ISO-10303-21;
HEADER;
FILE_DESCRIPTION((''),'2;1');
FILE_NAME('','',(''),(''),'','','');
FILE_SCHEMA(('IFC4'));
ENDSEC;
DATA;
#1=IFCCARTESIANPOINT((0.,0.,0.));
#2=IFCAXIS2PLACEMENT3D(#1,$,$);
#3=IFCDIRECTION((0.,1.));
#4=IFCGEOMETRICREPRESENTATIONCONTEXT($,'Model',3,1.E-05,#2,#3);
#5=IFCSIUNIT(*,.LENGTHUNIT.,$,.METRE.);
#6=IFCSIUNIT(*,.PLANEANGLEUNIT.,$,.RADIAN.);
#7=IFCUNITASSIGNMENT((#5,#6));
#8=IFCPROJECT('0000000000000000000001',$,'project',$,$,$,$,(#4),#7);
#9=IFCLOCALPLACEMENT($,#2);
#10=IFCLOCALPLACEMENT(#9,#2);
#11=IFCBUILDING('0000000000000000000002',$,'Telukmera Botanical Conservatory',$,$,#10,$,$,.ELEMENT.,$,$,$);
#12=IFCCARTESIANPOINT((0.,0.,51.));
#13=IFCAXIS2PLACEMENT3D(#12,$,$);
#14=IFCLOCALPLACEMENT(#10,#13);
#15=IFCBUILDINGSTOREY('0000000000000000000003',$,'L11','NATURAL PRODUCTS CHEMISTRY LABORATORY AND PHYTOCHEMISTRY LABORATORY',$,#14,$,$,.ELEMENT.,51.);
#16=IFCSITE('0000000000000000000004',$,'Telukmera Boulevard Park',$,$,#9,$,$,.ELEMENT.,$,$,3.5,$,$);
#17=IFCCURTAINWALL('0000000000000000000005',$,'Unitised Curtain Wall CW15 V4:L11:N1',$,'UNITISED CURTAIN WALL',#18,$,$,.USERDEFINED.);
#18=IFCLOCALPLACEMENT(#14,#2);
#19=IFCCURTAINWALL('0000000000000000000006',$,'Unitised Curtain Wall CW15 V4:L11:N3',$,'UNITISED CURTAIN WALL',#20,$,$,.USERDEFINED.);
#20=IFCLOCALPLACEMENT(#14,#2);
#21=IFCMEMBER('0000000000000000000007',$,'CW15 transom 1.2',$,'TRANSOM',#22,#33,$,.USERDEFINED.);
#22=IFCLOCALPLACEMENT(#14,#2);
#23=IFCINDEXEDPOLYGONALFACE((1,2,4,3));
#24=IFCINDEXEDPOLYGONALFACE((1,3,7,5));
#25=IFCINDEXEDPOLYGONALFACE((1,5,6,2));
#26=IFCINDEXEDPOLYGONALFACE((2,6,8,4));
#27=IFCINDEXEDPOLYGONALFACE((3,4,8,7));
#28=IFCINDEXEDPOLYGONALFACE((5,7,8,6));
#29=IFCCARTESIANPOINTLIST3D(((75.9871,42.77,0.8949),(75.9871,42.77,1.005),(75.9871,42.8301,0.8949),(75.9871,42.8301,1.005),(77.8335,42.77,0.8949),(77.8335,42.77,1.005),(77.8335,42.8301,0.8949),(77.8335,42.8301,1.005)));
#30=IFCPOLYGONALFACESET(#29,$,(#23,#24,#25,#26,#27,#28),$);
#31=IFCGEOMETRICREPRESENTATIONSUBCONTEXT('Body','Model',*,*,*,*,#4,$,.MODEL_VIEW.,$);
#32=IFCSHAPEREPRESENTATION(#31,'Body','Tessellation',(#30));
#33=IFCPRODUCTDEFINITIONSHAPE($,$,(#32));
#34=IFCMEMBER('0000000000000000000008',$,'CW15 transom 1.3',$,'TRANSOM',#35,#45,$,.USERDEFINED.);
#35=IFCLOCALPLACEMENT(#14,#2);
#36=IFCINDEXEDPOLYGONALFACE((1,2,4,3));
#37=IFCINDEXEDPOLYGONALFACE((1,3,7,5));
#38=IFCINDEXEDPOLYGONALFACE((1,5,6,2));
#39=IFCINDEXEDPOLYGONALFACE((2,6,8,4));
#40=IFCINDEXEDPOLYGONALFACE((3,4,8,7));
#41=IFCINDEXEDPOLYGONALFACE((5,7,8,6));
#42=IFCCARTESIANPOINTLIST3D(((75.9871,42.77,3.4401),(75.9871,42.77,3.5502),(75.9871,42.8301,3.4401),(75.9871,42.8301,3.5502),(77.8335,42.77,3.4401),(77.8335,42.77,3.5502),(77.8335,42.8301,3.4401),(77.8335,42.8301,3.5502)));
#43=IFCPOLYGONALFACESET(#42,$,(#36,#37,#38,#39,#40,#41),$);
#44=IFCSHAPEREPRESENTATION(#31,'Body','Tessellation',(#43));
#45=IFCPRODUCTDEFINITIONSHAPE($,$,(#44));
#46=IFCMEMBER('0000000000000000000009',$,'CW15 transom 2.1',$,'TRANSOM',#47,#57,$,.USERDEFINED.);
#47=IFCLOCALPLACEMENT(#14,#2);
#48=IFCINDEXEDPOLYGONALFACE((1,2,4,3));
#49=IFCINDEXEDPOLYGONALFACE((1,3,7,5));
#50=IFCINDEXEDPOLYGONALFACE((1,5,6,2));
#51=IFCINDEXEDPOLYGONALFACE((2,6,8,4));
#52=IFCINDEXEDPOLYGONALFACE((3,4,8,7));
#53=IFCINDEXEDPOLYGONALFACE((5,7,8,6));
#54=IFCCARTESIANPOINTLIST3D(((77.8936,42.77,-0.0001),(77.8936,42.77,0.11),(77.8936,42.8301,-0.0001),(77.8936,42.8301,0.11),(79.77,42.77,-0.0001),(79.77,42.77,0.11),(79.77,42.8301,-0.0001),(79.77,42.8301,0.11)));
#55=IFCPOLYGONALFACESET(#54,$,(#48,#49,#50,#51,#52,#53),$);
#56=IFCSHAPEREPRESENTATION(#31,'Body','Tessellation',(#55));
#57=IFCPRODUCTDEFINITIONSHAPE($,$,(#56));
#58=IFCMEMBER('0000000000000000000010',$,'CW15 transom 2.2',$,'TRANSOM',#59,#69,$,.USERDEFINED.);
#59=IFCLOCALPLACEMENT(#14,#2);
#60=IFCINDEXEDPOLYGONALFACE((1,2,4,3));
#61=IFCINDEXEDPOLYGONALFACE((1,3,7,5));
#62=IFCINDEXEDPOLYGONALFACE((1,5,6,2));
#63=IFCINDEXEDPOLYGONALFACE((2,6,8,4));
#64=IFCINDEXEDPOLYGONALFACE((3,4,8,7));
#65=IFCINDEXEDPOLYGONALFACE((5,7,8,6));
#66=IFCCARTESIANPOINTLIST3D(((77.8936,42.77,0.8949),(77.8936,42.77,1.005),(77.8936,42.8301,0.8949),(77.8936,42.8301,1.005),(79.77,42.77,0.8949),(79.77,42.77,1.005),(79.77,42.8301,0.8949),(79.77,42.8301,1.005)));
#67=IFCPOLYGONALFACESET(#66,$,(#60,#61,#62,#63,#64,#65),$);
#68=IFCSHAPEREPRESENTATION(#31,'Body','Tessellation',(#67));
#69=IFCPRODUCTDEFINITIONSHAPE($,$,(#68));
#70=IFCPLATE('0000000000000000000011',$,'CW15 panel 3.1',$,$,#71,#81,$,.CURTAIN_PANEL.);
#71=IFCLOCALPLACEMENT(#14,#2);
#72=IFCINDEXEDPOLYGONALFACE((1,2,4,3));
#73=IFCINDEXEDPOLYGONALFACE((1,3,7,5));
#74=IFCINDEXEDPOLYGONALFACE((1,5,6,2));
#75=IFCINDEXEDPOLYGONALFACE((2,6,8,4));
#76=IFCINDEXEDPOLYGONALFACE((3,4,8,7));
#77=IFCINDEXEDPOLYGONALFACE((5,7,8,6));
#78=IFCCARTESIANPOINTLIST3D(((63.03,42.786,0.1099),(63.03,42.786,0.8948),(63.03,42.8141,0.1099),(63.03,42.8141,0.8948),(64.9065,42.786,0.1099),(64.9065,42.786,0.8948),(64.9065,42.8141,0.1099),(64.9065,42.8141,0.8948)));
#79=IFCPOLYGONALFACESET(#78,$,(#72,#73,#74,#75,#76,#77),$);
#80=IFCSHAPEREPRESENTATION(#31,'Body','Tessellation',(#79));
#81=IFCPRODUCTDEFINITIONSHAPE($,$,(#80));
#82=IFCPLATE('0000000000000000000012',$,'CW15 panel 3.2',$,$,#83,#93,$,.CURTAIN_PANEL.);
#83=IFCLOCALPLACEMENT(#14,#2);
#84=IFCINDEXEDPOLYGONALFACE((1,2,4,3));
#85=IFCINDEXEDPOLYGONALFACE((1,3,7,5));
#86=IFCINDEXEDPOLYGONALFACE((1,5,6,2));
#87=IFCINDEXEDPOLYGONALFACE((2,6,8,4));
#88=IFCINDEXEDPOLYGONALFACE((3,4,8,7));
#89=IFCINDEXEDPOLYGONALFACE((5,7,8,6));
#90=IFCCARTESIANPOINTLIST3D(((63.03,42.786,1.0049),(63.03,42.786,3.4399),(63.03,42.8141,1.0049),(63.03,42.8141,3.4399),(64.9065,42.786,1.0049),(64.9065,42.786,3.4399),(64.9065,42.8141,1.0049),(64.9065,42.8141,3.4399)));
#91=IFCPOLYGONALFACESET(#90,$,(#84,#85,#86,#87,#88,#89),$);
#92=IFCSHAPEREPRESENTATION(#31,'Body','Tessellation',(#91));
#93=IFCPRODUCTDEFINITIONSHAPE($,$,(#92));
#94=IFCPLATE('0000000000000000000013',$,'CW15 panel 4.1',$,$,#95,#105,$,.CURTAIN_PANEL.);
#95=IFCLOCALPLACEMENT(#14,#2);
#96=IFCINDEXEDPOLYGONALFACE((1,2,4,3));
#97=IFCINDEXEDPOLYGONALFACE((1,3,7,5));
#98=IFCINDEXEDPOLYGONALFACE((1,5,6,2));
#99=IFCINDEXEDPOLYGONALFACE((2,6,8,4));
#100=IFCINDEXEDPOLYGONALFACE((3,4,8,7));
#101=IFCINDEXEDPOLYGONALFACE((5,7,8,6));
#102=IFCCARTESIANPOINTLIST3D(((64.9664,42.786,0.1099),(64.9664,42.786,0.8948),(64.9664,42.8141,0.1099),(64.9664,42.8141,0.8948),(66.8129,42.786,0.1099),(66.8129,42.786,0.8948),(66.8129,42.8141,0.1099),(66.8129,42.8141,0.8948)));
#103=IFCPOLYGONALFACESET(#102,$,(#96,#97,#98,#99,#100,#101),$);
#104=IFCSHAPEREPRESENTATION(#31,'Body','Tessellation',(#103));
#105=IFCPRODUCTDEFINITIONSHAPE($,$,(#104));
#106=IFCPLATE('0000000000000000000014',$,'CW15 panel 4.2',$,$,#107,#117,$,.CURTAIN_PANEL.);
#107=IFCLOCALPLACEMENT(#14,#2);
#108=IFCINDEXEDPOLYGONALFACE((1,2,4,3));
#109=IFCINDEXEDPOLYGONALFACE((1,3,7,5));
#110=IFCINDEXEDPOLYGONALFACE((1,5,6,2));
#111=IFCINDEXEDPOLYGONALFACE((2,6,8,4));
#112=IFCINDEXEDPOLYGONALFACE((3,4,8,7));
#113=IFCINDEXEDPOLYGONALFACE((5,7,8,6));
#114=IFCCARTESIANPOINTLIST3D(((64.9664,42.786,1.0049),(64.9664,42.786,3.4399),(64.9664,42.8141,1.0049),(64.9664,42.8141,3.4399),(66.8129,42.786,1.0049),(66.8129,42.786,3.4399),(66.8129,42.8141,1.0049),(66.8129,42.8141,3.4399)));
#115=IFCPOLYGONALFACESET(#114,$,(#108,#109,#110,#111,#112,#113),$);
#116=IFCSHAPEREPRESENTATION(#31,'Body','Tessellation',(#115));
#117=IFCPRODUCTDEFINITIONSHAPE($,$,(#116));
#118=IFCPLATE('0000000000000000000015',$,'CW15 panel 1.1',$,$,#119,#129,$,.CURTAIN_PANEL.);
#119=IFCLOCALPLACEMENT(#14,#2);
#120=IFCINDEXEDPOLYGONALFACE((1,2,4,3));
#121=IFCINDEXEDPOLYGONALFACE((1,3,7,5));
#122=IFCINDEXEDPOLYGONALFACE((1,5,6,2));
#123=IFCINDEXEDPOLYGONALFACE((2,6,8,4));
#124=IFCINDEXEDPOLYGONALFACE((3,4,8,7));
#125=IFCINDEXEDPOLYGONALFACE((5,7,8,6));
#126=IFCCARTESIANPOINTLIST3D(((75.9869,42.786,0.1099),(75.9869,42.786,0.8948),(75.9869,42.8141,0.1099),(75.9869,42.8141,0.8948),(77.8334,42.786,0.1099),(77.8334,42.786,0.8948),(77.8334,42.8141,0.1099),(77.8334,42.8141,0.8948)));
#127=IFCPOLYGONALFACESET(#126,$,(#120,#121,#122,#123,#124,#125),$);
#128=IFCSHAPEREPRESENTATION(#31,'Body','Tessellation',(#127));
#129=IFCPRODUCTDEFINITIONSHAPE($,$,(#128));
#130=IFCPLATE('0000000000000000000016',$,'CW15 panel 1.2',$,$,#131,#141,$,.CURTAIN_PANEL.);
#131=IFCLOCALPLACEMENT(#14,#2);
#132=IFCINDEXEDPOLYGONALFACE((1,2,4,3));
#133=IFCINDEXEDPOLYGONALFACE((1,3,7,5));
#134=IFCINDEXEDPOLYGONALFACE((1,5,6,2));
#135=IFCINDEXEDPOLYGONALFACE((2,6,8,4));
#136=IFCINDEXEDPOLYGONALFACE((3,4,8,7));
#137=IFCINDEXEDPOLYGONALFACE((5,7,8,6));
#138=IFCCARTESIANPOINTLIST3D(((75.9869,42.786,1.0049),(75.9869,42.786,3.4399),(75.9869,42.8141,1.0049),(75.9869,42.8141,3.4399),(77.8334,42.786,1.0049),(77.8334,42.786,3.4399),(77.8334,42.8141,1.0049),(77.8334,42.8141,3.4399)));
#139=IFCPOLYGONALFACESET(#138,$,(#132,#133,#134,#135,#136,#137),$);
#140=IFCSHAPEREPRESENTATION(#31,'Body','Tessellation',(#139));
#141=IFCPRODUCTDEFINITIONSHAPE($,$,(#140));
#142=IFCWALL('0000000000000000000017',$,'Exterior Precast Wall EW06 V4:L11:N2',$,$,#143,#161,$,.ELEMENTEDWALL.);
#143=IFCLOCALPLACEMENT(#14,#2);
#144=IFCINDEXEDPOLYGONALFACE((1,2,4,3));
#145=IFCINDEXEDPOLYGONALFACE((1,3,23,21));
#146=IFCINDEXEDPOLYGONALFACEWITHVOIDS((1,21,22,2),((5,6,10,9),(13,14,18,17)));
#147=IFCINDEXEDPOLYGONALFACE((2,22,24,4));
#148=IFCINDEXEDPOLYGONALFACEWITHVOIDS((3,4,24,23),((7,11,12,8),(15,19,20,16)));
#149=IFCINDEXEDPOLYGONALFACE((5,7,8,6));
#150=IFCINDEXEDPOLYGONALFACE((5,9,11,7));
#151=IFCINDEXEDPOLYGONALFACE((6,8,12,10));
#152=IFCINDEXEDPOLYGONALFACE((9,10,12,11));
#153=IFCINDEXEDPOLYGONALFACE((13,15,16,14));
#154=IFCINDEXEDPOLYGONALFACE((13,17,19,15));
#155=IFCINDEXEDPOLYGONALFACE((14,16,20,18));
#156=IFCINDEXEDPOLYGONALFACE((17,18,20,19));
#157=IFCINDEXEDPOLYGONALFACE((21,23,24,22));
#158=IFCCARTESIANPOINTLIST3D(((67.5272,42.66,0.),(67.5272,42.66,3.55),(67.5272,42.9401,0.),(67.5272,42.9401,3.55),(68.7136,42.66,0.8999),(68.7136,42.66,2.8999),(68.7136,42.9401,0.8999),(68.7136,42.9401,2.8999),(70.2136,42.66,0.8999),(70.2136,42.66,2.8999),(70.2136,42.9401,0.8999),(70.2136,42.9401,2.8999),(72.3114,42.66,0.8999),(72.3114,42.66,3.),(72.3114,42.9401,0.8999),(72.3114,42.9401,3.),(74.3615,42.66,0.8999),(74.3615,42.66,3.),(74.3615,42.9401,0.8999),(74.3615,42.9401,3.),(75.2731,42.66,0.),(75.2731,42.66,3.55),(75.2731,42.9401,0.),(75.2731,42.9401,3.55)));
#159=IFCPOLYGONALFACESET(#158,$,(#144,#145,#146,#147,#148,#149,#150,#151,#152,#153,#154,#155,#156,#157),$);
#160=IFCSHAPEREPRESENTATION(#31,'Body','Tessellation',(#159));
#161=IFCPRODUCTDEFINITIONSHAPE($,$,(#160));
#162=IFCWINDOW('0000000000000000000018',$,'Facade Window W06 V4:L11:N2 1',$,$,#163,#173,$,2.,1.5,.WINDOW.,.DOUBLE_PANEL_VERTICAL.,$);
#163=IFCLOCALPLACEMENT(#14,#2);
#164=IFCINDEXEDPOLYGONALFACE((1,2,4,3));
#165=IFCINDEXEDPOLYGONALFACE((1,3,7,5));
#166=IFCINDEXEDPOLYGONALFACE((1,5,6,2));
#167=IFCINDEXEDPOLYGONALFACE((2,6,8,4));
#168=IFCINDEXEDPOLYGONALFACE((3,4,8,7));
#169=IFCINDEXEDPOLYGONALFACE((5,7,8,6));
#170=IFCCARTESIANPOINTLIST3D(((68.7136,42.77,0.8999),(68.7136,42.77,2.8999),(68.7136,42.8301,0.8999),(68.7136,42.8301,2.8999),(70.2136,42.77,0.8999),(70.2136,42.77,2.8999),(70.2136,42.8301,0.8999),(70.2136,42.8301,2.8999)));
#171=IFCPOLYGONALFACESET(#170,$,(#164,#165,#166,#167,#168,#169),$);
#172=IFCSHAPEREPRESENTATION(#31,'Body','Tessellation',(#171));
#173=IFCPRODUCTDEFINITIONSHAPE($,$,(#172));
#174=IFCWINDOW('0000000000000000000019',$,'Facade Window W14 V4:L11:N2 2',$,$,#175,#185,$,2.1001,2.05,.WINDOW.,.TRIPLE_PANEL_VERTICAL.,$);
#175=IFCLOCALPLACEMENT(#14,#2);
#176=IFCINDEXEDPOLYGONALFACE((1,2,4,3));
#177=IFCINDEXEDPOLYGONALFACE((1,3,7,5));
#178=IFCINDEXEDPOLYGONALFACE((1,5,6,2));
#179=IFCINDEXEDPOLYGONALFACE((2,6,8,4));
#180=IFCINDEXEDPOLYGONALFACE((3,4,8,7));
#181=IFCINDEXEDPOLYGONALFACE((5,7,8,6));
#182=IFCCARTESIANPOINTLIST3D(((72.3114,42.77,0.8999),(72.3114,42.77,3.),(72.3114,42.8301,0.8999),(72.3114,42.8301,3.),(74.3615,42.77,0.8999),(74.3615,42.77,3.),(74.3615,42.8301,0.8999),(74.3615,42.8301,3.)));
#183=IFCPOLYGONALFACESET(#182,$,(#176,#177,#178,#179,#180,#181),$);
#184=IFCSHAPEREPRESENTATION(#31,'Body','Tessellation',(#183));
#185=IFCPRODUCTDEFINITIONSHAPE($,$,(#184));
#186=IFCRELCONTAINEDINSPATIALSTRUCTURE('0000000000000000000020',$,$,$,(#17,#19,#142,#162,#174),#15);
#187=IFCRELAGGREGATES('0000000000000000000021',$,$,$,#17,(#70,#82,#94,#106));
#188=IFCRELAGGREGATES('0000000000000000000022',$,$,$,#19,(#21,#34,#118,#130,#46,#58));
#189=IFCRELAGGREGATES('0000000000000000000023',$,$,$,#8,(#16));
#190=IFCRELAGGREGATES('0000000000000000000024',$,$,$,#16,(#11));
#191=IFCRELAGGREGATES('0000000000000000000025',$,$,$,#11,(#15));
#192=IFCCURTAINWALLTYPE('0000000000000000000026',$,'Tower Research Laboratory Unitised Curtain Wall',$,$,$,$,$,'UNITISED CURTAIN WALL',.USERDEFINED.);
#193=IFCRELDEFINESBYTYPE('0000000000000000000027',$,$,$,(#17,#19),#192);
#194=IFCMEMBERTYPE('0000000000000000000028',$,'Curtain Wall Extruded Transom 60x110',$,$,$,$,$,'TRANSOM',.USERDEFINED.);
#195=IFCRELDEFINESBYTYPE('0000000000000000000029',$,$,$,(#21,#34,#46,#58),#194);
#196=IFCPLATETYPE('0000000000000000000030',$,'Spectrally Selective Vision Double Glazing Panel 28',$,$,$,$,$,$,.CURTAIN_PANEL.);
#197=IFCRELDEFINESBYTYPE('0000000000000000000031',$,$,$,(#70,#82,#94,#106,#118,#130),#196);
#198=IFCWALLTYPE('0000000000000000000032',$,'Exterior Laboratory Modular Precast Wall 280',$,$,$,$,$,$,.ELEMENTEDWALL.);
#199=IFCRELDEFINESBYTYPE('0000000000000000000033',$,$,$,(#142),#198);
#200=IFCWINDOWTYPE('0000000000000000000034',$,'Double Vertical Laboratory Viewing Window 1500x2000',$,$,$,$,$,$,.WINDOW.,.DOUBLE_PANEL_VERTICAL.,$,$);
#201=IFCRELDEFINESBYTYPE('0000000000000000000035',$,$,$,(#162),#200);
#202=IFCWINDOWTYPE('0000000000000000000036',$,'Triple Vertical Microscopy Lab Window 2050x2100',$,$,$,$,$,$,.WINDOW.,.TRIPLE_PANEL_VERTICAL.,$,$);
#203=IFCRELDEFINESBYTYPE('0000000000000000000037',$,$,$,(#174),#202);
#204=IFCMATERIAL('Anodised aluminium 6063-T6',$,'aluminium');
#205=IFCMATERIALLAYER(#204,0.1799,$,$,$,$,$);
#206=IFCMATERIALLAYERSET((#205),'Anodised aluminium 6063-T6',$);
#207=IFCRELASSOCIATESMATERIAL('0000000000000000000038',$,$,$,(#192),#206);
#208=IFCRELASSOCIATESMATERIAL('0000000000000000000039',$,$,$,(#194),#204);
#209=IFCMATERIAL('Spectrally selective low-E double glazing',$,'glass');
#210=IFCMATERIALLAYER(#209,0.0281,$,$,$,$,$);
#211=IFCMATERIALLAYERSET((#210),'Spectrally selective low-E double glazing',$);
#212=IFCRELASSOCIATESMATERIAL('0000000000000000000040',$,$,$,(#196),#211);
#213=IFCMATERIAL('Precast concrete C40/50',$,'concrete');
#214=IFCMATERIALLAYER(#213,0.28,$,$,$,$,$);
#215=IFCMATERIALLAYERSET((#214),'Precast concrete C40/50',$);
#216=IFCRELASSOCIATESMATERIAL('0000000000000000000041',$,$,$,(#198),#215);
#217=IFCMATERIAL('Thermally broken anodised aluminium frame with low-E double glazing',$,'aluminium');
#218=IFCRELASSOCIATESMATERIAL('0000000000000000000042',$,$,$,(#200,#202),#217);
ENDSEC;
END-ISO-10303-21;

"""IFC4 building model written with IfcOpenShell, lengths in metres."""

from ifc_helpers import new_model, si_unit, direction, frame, frame_2d, origin, origin_2d, place, context, subcontext, project, spatial, rectangle, extrude, material, layer, layer_set, material_profile, profile_set, type_object, element, fill, aggregate, save


model = new_model("IFC4")

# Units and contexts
model_context = context("Model", 3, precision=1e-05, world=origin(), true_north=direction((0.0, 1.0)))
body_context = subcontext(model_context, "Body", "Model", "MODEL_VIEW")
ifc_project = project(units=[si_unit("LENGTHUNIT", "METRE"), si_unit("PLANEANGLEUNIT", "RADIAN")], contexts=[model_context])

# Site, building, storey
site_placement = place(None, origin())
site = spatial("IfcSite", under=ifc_project, at=site_placement, Name="Telukmera Boulevard Park", CompositionType="ELEMENT", RefElevation=3.5)
building_placement = place(site_placement, origin())
building = spatial("IfcBuilding", under=site, at=building_placement, Name="Telukmera Botanical Conservatory", CompositionType="ELEMENT")
storey_placement = place(building_placement, frame((0.0, 0.0, 51.0)))
storey = spatial("IfcBuildingStorey", under=building, at=storey_placement, Name="L11", Description="NATURAL PRODUCTS CHEMISTRY LABORATORY AND PHYTOCHEMISTRY LABORATORY", CompositionType="ELEMENT", Elevation=51.0)

# Shared definitions
ifc_material_1 = material(Name="Precast concrete C40/50", Category="concrete")

# Curtain walls
ifc_material_2 = material(Name="Anodised aluminium 6063-T6", Category="aluminium")
ifc_layer_1 = layer(ifc_material_2, 0.1799)
ifc_layer_set_1 = layer_set([ifc_layer_1], Name="Anodised aluminium 6063-T6")
curtain_wall_type = type_object("IfcCurtainWallType", Name="Tower Research Laboratory Unitised Curtain Wall", ElementType="UNITISED CURTAIN WALL", PredefinedType="USERDEFINED", material=ifc_layer_set_1)
curtain_wall_1_placement = place(storey_placement, origin())
curtain_wall_1 = element("IfcCurtainWall", 1, at=curtain_wall_1_placement, inside=storey, type_object=curtain_wall_type, Name="Unitised Curtain Wall CW15 V4:L11:N1", ObjectType="UNITISED CURTAIN WALL", PredefinedType="USERDEFINED")
curtain_wall_2_placement = place(storey_placement, origin())
curtain_wall_2 = element("IfcCurtainWall", 2, at=curtain_wall_2_placement, inside=storey, type_object=curtain_wall_type, Name="Unitised Curtain Wall CW15 V4:L11:N3", ObjectType="UNITISED CURTAIN WALL", PredefinedType="USERDEFINED")

# Members
ifc_material_profile_1 = material_profile(ifc_material_2, rectangle(XDim=0.0601, YDim=0.1101, at=origin_2d()), Name="ALU TRAN 60x110")
ifc_profile_set_1 = profile_set([ifc_material_profile_1], Name="Anodised aluminium 6063-T6")
member_type_1 = type_object("IfcMemberType", Name="Curtain Wall Extruded Transom 60x110", ElementType="TRANSOM", PredefinedType="USERDEFINED", material=ifc_profile_set_1)
member_1_placement = place(storey_placement, frame((75.9871, 42.8, 0.95), z_axis=(1.0, 0.0, 0.0), x_axis=(0.0, 1.0, 0.0)))
member_1 = element("IfcMember", 3, at=member_1_placement, type_object=member_type_1, Name="CW15 transom 1.2", ObjectType="TRANSOM", PredefinedType="USERDEFINED", context=body_context, shape_type="SweptSolid", body=[
    extrude(rectangle(XDim=0.0601, YDim=0.1101, at=origin_2d()), origin(), (0.0, 0.0, 1.0), 1.8464),
])
member_2_placement = place(storey_placement, frame((75.9871, 42.8, 3.4951), z_axis=(1.0, 0.0, 0.0), x_axis=(0.0, 1.0, 0.0)))
member_2 = element("IfcMember", 4, at=member_2_placement, type_object=member_type_1, Name="CW15 transom 1.3", ObjectType="TRANSOM", PredefinedType="USERDEFINED", context=body_context, shape_type="SweptSolid", body=[
    extrude(rectangle(XDim=0.0601, YDim=0.1101, at=origin_2d()), origin(), (0.0, 0.0, 1.0), 1.8464),
])
member_3_placement = place(storey_placement, frame((77.8936, 42.8, 0.0549), z_axis=(1.0, 0.0, 0.0), x_axis=(0.0, 1.0, 0.0)))
member_3 = element("IfcMember", 5, at=member_3_placement, type_object=member_type_1, Name="CW15 transom 2.1", ObjectType="TRANSOM", PredefinedType="USERDEFINED", context=body_context, shape_type="SweptSolid", body=[
    extrude(rectangle(XDim=0.0601, YDim=0.1101, at=origin_2d()), origin(), (0.0, 0.0, 1.0), 1.8765),
])
member_4_placement = place(storey_placement, frame((77.8936, 42.8, 0.95), z_axis=(1.0, 0.0, 0.0), x_axis=(0.0, 1.0, 0.0)))
member_4 = element("IfcMember", 6, at=member_4_placement, type_object=member_type_1, Name="CW15 transom 2.2", ObjectType="TRANSOM", PredefinedType="USERDEFINED", context=body_context, shape_type="SweptSolid", body=[
    extrude(rectangle(XDim=0.0601, YDim=0.1101, at=origin_2d()), origin(), (0.0, 0.0, 1.0), 1.8765),
])

# Plates
ifc_material_3 = material(Name="Spectrally selective low-E double glazing", Category="glass")
ifc_layer_2 = layer(ifc_material_3, 0.0281)
ifc_layer_set_2 = layer_set([ifc_layer_2], Name="Spectrally selective low-E double glazing")
plate_type = type_object("IfcPlateType", Name="Spectrally Selective Vision Double Glazing Panel 28", PredefinedType="CURTAIN_PANEL", material=ifc_layer_set_2)
plate_1_placement = place(storey_placement, frame((63.9683, 42.8, 0.1099), z_axis=(0.0, 0.0, 1.0), x_axis=(1.0, 0.0, 0.0)))
plate_1 = element("IfcPlate", 7, at=plate_1_placement, type_object=plate_type, Name="CW15 panel 3.1", PredefinedType="CURTAIN_PANEL", context=body_context, shape_type="SweptSolid", body=[
    extrude(rectangle(XDim=1.8765, YDim=0.0281, at=origin_2d()), origin(), (0.0, 0.0, 1.0), 0.7849),
])
plate_2_placement = place(storey_placement, frame((63.9683, 42.8, 1.0049), z_axis=(0.0, 0.0, 1.0), x_axis=(1.0, 0.0, 0.0)))
plate_2 = element("IfcPlate", 8, at=plate_2_placement, type_object=plate_type, Name="CW15 panel 3.2", PredefinedType="CURTAIN_PANEL", context=body_context, shape_type="SweptSolid", body=[
    extrude(rectangle(XDim=1.8765, YDim=0.0281, at=origin_2d()), origin(), (0.0, 0.0, 1.0), 2.4351),
])
plate_3_placement = place(storey_placement, frame((65.8896, 42.8, 0.1099), z_axis=(0.0, 0.0, 1.0), x_axis=(1.0, 0.0, 0.0)))
plate_3 = element("IfcPlate", 9, at=plate_3_placement, type_object=plate_type, Name="CW15 panel 4.1", PredefinedType="CURTAIN_PANEL", context=body_context, shape_type="SweptSolid", body=[
    extrude(rectangle(XDim=1.8464, YDim=0.0281, at=origin_2d()), origin(), (0.0, 0.0, 1.0), 0.7849),
])
plate_4_placement = place(storey_placement, frame((65.8896, 42.8, 1.0049), z_axis=(0.0, 0.0, 1.0), x_axis=(1.0, 0.0, 0.0)))
plate_4 = element("IfcPlate", 10, at=plate_4_placement, type_object=plate_type, Name="CW15 panel 4.2", PredefinedType="CURTAIN_PANEL", context=body_context, shape_type="SweptSolid", body=[
    extrude(rectangle(XDim=1.8464, YDim=0.0281, at=origin_2d()), origin(), (0.0, 0.0, 1.0), 2.4351),
])
aggregate(curtain_wall_1, [plate_1, plate_2, plate_3, plate_4])
plate_5_placement = place(storey_placement, frame((76.9102, 42.8, 0.1099), z_axis=(0.0, 0.0, 1.0), x_axis=(1.0, 0.0, 0.0)))
plate_5 = element("IfcPlate", 11, at=plate_5_placement, type_object=plate_type, Name="CW15 panel 1.1", PredefinedType="CURTAIN_PANEL", context=body_context, shape_type="SweptSolid", body=[
    extrude(rectangle(XDim=1.8464, YDim=0.0281, at=origin_2d()), origin(), (0.0, 0.0, 1.0), 0.7849),
])
plate_6_placement = place(storey_placement, frame((76.9102, 42.8, 1.0049), z_axis=(0.0, 0.0, 1.0), x_axis=(1.0, 0.0, 0.0)))
plate_6 = element("IfcPlate", 12, at=plate_6_placement, type_object=plate_type, Name="CW15 panel 1.2", PredefinedType="CURTAIN_PANEL", context=body_context, shape_type="SweptSolid", body=[
    extrude(rectangle(XDim=1.8464, YDim=0.0281, at=origin_2d()), origin(), (0.0, 0.0, 1.0), 2.4351),
])
aggregate(curtain_wall_2, [member_1, member_2, plate_5, plate_6, member_3, member_4])

# Wall, openings, windows
ifc_layer_3 = layer(ifc_material_1, 0.28)
ifc_layer_set_3 = layer_set([ifc_layer_3], Name="Precast concrete C40/50")
wall_type = type_object("IfcWallType", Name="Exterior Laboratory Modular Precast Wall 280", PredefinedType="ELEMENTEDWALL", material=ifc_layer_set_3)
wall_placement = place(storey_placement, frame((67.5271, 42.8, 0.0), z_axis=(0.0, 0.0, 1.0), x_axis=(1.0, 0.0, 0.0)))
wall = element("IfcWall", 13, at=wall_placement, inside=storey, type_object=wall_type, Name="Exterior Precast Wall EW06 V4:L11:N2", PredefinedType="ELEMENTEDWALL", context=body_context, shape_type="SweptSolid", body=[
    extrude(rectangle(XDim=7.7458, YDim=0.28, at=frame_2d((3.873, 0.0))), origin(), (0.0, 0.0, 1.0), 3.55),
])
opening_1_placement = place(wall_placement, frame((1.1865, 0.0, 0.8999)))
opening_1 = element("IfcOpeningElement", 14, at=opening_1_placement, cuts=wall, PredefinedType="OPENING", context=body_context, shape_type="SweptSolid", body=[
    extrude(rectangle(XDim=1.5, YDim=2.0, at=frame_2d((0.75, 1.0))), frame((0.0, 0.1499, 0.0), z_axis=(0.0, -1.0, 0.0), x_axis=(1.0, 0.0, 0.0)), (0.0, 0.0, 1.0), 0.3),
])
opening_2_placement = place(wall_placement, frame((4.7844, 0.0, 0.8999)))
opening_2 = element("IfcOpeningElement", 15, at=opening_2_placement, cuts=wall, PredefinedType="OPENING", context=body_context, shape_type="SweptSolid", body=[
    extrude(rectangle(XDim=2.05, YDim=2.1001, at=frame_2d((1.0249, 1.05))), frame((0.0, 0.1499, 0.0), z_axis=(0.0, -1.0, 0.0), x_axis=(1.0, 0.0, 0.0)), (0.0, 0.0, 1.0), 0.3),
])
ifc_material_4 = material(Name="Thermally broken anodised aluminium frame with low-E double glazing", Category="aluminium")
window_type_1 = type_object("IfcWindowType", Name="Double Vertical Laboratory Viewing Window 1500x2000", PartitioningType="DOUBLE_PANEL_VERTICAL", PredefinedType="WINDOW", material=ifc_material_4)
window_1_placement = place(opening_1_placement, origin())
window_1 = element("IfcWindow", 16, at=window_1_placement, inside=storey, type_object=window_type_1, Name="Facade Window W06 V4:L11:N2 1", OverallHeight=2.0, OverallWidth=1.5, PartitioningType="DOUBLE_PANEL_VERTICAL", PredefinedType="WINDOW", context=body_context, shape_type="SweptSolid", body=[
    extrude(rectangle(XDim=1.5, YDim=2.0, at=frame_2d((0.75, 1.0))), frame((0.0, 0.03, 0.0), z_axis=(0.0, -1.0, 0.0), x_axis=(1.0, 0.0, 0.0)), (0.0, 0.0, 1.0), 0.0601),
])
fill(opening_1, window_1)
window_type_2 = type_object("IfcWindowType", Name="Triple Vertical Microscopy Lab Window 2050x2100", PartitioningType="TRIPLE_PANEL_VERTICAL", PredefinedType="WINDOW", material=ifc_material_4)
window_2_placement = place(opening_2_placement, origin())
window_2 = element("IfcWindow", 17, at=window_2_placement, inside=storey, type_object=window_type_2, Name="Facade Window W14 V4:L11:N2 2", OverallHeight=2.1001, OverallWidth=2.05, PartitioningType="TRIPLE_PANEL_VERTICAL", PredefinedType="WINDOW", context=body_context, shape_type="SweptSolid", body=[
    extrude(rectangle(XDim=2.05, YDim=2.1001, at=frame_2d((1.0249, 1.05))), frame((0.0, 0.03, 0.0), z_axis=(0.0, -1.0, 0.0), x_axis=(1.0, 0.0, 0.0)), (0.0, 0.0, 1.0), 0.0601),
])
fill(opening_2, window_2)

save(model, "model.ifc")
